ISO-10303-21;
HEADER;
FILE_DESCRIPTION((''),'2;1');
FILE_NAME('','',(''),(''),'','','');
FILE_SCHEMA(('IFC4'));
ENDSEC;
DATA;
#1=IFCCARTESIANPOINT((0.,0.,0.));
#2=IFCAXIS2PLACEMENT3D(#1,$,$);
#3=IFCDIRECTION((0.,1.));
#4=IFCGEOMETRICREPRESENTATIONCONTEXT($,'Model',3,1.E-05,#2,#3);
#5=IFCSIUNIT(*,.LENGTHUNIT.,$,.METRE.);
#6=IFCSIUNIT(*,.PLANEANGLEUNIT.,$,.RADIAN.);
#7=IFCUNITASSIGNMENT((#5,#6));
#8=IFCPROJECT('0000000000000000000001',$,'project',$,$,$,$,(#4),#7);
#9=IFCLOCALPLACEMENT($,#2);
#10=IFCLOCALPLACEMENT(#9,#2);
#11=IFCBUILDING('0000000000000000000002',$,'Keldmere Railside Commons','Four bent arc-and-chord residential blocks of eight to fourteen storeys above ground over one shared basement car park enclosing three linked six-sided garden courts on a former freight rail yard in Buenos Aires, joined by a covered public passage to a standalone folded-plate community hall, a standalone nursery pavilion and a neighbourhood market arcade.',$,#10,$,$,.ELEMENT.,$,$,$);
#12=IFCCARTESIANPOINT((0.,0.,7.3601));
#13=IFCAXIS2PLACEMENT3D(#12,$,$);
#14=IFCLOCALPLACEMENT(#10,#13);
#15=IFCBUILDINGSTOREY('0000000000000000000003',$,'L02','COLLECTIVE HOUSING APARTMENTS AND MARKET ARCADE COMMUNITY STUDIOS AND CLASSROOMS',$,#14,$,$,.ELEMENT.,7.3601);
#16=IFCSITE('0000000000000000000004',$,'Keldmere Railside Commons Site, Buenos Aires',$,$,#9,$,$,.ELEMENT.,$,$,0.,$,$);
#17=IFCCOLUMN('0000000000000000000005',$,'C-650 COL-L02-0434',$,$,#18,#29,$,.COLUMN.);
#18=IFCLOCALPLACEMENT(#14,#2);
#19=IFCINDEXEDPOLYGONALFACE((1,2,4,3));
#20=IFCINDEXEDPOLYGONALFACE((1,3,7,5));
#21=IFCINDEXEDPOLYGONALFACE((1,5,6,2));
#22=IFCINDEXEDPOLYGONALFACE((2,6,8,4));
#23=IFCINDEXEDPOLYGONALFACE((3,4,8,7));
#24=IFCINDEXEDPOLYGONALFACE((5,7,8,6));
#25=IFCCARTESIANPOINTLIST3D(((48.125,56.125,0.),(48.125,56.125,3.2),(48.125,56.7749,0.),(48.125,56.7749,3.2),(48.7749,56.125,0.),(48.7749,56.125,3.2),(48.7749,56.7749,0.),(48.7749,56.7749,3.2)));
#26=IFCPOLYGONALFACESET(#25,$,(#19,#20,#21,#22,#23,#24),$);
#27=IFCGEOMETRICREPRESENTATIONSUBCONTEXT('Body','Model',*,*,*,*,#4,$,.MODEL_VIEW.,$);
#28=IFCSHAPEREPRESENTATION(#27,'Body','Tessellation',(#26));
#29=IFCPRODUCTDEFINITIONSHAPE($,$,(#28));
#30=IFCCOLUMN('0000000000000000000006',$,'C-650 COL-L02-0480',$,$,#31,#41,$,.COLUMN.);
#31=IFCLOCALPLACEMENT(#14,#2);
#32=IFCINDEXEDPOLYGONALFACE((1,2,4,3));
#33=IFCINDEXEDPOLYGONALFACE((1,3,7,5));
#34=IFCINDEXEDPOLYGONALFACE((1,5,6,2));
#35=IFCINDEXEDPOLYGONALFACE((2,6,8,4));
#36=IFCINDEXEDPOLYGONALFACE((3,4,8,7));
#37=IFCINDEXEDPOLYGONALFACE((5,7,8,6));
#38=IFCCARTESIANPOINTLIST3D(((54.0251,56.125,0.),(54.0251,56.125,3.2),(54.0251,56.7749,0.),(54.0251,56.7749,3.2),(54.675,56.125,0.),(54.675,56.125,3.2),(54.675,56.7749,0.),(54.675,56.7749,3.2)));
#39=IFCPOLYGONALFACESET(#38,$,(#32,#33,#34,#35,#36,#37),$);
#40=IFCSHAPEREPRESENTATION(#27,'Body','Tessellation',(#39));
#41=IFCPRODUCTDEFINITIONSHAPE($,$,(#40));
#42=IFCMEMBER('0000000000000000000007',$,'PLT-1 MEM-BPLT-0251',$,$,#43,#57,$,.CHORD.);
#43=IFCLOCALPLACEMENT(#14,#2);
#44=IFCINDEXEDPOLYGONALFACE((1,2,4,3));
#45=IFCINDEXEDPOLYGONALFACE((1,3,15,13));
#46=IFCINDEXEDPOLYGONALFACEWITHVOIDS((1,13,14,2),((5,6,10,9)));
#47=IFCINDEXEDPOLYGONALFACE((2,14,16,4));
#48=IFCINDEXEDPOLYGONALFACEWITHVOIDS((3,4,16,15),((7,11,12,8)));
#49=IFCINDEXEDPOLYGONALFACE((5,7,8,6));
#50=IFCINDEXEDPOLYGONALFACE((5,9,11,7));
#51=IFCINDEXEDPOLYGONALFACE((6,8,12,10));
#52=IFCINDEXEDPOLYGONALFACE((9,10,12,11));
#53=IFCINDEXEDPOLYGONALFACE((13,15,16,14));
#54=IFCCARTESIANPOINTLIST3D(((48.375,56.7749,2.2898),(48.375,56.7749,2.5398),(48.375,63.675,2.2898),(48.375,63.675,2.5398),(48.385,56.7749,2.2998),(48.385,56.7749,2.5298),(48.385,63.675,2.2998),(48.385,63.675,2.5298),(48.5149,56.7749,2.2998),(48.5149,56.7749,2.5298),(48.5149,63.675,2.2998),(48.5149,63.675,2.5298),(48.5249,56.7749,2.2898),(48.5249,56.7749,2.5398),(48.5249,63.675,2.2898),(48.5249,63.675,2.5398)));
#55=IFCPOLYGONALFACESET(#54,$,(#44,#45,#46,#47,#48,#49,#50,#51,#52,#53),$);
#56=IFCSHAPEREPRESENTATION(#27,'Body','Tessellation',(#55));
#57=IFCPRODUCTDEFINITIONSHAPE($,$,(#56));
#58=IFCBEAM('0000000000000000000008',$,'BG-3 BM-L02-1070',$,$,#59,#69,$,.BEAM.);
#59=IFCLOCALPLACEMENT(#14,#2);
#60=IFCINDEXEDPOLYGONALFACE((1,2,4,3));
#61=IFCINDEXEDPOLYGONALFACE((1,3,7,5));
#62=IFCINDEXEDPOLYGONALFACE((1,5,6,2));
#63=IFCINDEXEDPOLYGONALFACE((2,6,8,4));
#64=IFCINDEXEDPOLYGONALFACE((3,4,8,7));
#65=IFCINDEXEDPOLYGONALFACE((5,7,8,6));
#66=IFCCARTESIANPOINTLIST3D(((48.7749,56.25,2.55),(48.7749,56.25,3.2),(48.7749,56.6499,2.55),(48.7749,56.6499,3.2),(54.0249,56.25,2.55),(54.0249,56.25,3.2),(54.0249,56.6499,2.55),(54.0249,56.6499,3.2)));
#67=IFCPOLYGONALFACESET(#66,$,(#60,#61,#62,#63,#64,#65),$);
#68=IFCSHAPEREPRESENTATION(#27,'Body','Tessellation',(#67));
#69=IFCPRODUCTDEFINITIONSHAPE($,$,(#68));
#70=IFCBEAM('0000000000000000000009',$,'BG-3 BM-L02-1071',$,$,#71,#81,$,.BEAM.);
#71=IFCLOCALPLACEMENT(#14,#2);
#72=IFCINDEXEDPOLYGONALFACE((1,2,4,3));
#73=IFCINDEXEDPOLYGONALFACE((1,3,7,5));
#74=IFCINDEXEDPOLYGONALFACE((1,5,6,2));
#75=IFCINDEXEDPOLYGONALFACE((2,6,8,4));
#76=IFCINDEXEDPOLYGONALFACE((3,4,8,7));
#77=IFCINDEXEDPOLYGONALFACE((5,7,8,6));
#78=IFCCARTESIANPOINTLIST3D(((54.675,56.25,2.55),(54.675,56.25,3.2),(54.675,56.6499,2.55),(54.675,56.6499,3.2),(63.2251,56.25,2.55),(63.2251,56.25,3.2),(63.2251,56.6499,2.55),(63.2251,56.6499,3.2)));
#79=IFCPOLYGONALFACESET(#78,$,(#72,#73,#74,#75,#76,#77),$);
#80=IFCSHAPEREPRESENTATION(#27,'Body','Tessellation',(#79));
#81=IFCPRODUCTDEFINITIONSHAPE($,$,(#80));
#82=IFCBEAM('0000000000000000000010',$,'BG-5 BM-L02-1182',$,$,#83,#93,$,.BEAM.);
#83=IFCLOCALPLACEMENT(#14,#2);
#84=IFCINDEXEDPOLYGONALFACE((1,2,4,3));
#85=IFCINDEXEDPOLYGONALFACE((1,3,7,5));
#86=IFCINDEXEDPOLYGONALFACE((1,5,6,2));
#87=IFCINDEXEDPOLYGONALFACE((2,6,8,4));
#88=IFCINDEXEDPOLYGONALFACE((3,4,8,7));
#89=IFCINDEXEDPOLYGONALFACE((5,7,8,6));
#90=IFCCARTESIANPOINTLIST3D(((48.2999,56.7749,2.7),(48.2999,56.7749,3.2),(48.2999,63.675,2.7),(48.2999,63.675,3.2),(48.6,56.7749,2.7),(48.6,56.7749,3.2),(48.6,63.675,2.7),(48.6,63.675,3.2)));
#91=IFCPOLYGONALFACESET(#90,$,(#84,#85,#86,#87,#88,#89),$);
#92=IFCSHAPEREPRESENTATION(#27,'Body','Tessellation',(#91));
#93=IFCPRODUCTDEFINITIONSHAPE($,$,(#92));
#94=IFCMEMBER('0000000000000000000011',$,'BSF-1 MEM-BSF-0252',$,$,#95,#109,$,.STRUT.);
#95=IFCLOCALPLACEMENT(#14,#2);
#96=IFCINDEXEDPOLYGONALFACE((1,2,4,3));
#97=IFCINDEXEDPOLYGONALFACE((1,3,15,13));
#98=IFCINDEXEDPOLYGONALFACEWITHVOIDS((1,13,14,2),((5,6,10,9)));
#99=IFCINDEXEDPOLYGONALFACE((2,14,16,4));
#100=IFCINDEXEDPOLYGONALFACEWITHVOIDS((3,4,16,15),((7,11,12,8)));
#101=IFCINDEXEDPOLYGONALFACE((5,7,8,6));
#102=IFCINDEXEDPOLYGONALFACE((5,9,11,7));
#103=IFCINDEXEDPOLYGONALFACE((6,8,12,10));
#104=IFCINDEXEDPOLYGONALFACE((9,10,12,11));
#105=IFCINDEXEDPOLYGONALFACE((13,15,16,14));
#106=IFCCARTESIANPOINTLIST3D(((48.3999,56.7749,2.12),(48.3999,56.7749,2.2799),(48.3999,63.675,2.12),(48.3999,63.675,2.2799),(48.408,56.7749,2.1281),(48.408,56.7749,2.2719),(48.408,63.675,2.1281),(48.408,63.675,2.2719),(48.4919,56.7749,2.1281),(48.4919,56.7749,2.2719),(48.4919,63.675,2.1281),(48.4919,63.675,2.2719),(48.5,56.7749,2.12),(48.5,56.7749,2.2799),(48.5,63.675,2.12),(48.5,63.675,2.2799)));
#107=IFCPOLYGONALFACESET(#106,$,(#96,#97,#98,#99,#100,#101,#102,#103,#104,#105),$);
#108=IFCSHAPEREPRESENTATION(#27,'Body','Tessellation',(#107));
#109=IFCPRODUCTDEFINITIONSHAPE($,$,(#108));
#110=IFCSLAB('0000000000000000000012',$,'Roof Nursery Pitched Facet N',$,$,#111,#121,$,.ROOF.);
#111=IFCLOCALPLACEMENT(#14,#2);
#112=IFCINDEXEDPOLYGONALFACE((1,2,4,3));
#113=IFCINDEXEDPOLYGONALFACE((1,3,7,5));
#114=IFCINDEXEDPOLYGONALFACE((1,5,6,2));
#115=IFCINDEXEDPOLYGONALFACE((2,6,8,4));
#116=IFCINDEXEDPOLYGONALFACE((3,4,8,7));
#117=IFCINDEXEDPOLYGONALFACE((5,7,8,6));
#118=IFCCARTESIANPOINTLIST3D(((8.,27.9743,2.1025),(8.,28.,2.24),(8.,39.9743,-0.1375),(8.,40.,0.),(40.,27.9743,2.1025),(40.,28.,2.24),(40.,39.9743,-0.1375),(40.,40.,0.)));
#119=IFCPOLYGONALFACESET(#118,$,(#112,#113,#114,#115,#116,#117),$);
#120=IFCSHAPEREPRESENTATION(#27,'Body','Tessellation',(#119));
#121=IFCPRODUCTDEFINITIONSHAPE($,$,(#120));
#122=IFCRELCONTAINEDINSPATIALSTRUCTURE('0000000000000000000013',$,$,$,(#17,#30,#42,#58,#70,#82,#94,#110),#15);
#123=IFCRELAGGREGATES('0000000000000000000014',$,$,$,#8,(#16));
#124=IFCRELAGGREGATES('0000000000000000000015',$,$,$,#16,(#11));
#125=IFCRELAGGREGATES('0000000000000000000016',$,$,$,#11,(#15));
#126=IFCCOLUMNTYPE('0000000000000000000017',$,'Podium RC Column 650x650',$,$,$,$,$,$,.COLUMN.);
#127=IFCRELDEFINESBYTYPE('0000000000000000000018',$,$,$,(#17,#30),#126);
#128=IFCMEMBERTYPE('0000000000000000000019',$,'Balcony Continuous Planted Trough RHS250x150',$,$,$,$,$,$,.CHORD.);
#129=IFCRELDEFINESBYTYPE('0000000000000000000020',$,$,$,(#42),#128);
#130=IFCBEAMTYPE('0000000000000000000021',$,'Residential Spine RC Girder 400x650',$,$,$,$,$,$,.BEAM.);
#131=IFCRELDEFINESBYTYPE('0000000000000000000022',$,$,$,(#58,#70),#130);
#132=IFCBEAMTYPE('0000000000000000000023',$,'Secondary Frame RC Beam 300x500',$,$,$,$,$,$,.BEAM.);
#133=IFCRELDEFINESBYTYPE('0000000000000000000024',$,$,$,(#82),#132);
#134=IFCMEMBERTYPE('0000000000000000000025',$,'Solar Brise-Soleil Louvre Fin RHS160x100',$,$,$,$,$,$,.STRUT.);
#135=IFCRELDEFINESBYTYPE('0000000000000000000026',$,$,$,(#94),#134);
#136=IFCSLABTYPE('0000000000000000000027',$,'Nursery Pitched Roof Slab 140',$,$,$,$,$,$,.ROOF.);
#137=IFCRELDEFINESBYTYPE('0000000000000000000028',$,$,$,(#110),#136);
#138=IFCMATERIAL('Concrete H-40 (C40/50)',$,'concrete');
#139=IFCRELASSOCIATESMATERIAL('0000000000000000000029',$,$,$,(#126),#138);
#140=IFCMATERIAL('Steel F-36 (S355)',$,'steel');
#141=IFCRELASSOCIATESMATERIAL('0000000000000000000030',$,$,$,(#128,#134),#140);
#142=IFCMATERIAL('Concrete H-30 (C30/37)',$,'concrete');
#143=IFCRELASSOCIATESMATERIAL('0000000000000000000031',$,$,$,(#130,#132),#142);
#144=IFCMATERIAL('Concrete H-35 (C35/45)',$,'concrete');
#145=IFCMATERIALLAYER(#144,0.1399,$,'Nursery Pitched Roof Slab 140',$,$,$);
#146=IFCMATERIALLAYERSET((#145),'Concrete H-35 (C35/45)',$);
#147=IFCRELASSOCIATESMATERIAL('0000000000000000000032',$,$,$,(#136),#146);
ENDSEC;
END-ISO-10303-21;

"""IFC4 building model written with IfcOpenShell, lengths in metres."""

from ifc_helpers import new_model, si_unit, direction, frame, origin, origin_2d, place, context, subcontext, project, spatial, polyline, rectangle, hollow_rectangle, outline, extrude, material, layer, layer_set, material_profile, profile_set, type_object, element, save


model = new_model("IFC4")

# Units and contexts
model_context = context("Model", 3, precision=1e-05, world=origin(), true_north=direction((0.0, 1.0)))
body_context = subcontext(model_context, "Body", "Model", "MODEL_VIEW")
ifc_project = project(units=[si_unit("LENGTHUNIT", "METRE"), si_unit("PLANEANGLEUNIT", "RADIAN")], contexts=[model_context])

# Site, building, storey
site_placement = place(None, origin())
site = spatial("IfcSite", under=ifc_project, at=site_placement, Name="Keldmere Railside Commons Site, Buenos Aires", CompositionType="ELEMENT", RefElevation=0.0)
building_placement = place(site_placement, origin())
building = spatial("IfcBuilding", under=site, at=building_placement, Name="Keldmere Railside Commons", Description="Four bent arc-and-chord residential blocks of eight to fourteen storeys above ground over one shared basement car park enclosing three linked six-sided garden courts on a former freight rail yard in Buenos Aires, joined by a covered public passage to a standalone folded-plate community hall, a standalone nursery pavilion and a neighbourhood market arcade.", CompositionType="ELEMENT")
storey_placement = place(building_placement, frame((0.0, 0.0, 7.3601)))
storey = spatial("IfcBuildingStorey", under=building, at=storey_placement, Name="L02", Description="COLLECTIVE HOUSING APARTMENTS AND MARKET ARCADE COMMUNITY STUDIOS AND CLASSROOMS", CompositionType="ELEMENT", Elevation=7.3601)

# Columns
ifc_material_1 = material(Name="Concrete H-40 (C40/50)", Category="concrete")
ifc_material_profile_1 = material_profile(ifc_material_1, rectangle(XDim=0.6499, YDim=0.6499, at=origin_2d()), Name="RC-650x650")
ifc_profile_set_1 = profile_set([ifc_material_profile_1], Name="Concrete H-40 (C40/50)")
column_type = type_object("IfcColumnType", Name="Podium RC Column 650x650", PredefinedType="COLUMN", material=ifc_profile_set_1)
for number, where, z_axis, x_axis, name in (
    (1, (48.45, 56.45, 0.0), (0.0, 0.0, 1.0), (1.0, 0.0, 0.0), "C-650 COL-L02-0434"),
    (2, (54.3501, 56.45, 0.0), (0.0, 0.0, 1.0), (1.0, 0.0, 0.0), "C-650 COL-L02-0480"),
):
    element("IfcColumn", number, at=place(storey_placement, frame(where, z_axis=z_axis, x_axis=x_axis)), inside=storey, type_object=column_type, Name=name, PredefinedType="COLUMN", context=body_context, shape_type="SweptSolid", body=[
        extrude(rectangle(XDim=0.6499, YDim=0.6499, at=origin_2d()), origin(), (0.0, 0.0, 1.0), 3.2),
    ])

# Member
ifc_material_2 = material(Name="Steel F-36 (S355)", Category="steel")
ifc_material_profile_2 = material_profile(ifc_material_2, hollow_rectangle(XDim=0.1499, YDim=0.25, WallThickness=0.01, at=origin_2d()), Name="RHS-250x150x10")
ifc_profile_set_2 = profile_set([ifc_material_profile_2], Name="Steel F-36 (S355)")
member_type_1 = type_object("IfcMemberType", Name="Balcony Continuous Planted Trough RHS250x150", PredefinedType="CHORD", material=ifc_profile_set_2)
member_1_placement = place(storey_placement, frame((48.45, 56.7749, 2.4148), z_axis=(0.0, 1.0, 0.0), x_axis=(-1.0, 0.0, 0.0)))
element("IfcMember", 3, at=member_1_placement, inside=storey, type_object=member_type_1, Name="PLT-1 MEM-BPLT-0251", PredefinedType="CHORD", context=body_context, shape_type="SweptSolid", body=[
    extrude(hollow_rectangle(XDim=0.1499, YDim=0.25, WallThickness=0.01, at=origin_2d()), origin(), (0.0, 0.0, 1.0), 6.9001),
])

# Beams
ifc_material_3 = material(Name="Concrete H-30 (C30/37)", Category="concrete")
ifc_material_profile_3 = material_profile(ifc_material_3, rectangle(XDim=0.3999, YDim=0.6499, at=origin_2d()), Name="RC-400x650")
ifc_profile_set_3 = profile_set([ifc_material_profile_3], Name="Concrete H-30 (C30/37)")
beam_type_1 = type_object("IfcBeamType", Name="Residential Spine RC Girder 400x650", PredefinedType="BEAM", material=ifc_profile_set_3)
beam_1_placement = place(storey_placement, frame((48.7749, 56.45, 2.875), z_axis=(1.0, 0.0, 0.0), x_axis=(0.0, 1.0, 0.0)))
element("IfcBeam", 4, at=beam_1_placement, inside=storey, type_object=beam_type_1, Name="BG-3 BM-L02-1070", PredefinedType="BEAM", context=body_context, shape_type="SweptSolid", body=[
    extrude(rectangle(XDim=0.3999, YDim=0.6499, at=origin_2d()), origin(), (0.0, 0.0, 1.0), 5.25),
])
beam_2_placement = place(storey_placement, frame((54.675, 56.45, 2.875), z_axis=(1.0, 0.0, 0.0), x_axis=(0.0, 1.0, 0.0)))
element("IfcBeam", 5, at=beam_2_placement, inside=storey, type_object=beam_type_1, Name="BG-3 BM-L02-1071", PredefinedType="BEAM", context=body_context, shape_type="SweptSolid", body=[
    extrude(rectangle(XDim=0.3999, YDim=0.6499, at=origin_2d()), origin(), (0.0, 0.0, 1.0), 8.55),
])
ifc_material_profile_4 = material_profile(ifc_material_3, rectangle(XDim=0.3, YDim=0.5, at=origin_2d()), Name="RC-300x500")
ifc_profile_set_4 = profile_set([ifc_material_profile_4], Name="Concrete H-30 (C30/37)")
beam_type_2 = type_object("IfcBeamType", Name="Secondary Frame RC Beam 300x500", PredefinedType="BEAM", material=ifc_profile_set_4)
beam_3_placement = place(storey_placement, frame((48.45, 56.7749, 2.95), z_axis=(0.0, 1.0, 0.0), x_axis=(-1.0, 0.0, 0.0)))
element("IfcBeam", 6, at=beam_3_placement, inside=storey, type_object=beam_type_2, Name="BG-5 BM-L02-1182", PredefinedType="BEAM", context=body_context, shape_type="SweptSolid", body=[
    extrude(rectangle(XDim=0.3, YDim=0.5, at=origin_2d()), origin(), (0.0, 0.0, 1.0), 6.9001),
])

# Member
ifc_material_profile_5 = material_profile(ifc_material_2, hollow_rectangle(XDim=0.1001, YDim=0.1599, WallThickness=0.0081, at=origin_2d()), Name="RHS-160x100x8")
ifc_profile_set_5 = profile_set([ifc_material_profile_5], Name="Steel F-36 (S355)")
member_type_2 = type_object("IfcMemberType", Name="Solar Brise-Soleil Louvre Fin RHS160x100", PredefinedType="STRUT", material=ifc_profile_set_5)
member_2_placement = place(storey_placement, frame((48.45, 56.7749, 2.2), z_axis=(0.0, 1.0, 0.0), x_axis=(-1.0, 0.0, 0.0)))
element("IfcMember", 7, at=member_2_placement, inside=storey, type_object=member_type_2, Name="BSF-1 MEM-BSF-0252", PredefinedType="STRUT", context=body_context, shape_type="SweptSolid", body=[
    extrude(hollow_rectangle(XDim=0.1001, YDim=0.1599, WallThickness=0.0081, at=origin_2d()), origin(), (0.0, 0.0, 1.0), 6.9001),
])

# Slab
ifc_material_4 = material(Name="Concrete H-35 (C35/45)", Category="concrete")
ifc_layer_1 = layer(ifc_material_4, 0.1399, Name="Nursery Pitched Roof Slab 140")
ifc_layer_set_1 = layer_set([ifc_layer_1], Name="Concrete H-35 (C35/45)")
slab_type = type_object("IfcSlabType", Name="Nursery Pitched Roof Slab 140", PredefinedType="ROOF", material=ifc_layer_set_1)
slab_placement = place(storey_placement, frame((40.0, 40.0, 0.0), z_axis=(0.0, 0.183496, 0.98302), x_axis=(-1.0, 0.0, 0.0)))
element("IfcSlab", 8, at=slab_placement, inside=storey, type_object=slab_type, Name="Roof Nursery Pitched Facet N", PredefinedType="ROOF", context=body_context, shape_type="SweptSolid", body=[
    extrude(outline(polyline([(0.0, 0.0), (32.0, 0.0), (32.0, 12.2073), (0.0, 12.2073), (0.0, 0.0)])), origin(), (0.0, 0.0, -1.0), 0.1399),
])

save(model, "model.ifc")
